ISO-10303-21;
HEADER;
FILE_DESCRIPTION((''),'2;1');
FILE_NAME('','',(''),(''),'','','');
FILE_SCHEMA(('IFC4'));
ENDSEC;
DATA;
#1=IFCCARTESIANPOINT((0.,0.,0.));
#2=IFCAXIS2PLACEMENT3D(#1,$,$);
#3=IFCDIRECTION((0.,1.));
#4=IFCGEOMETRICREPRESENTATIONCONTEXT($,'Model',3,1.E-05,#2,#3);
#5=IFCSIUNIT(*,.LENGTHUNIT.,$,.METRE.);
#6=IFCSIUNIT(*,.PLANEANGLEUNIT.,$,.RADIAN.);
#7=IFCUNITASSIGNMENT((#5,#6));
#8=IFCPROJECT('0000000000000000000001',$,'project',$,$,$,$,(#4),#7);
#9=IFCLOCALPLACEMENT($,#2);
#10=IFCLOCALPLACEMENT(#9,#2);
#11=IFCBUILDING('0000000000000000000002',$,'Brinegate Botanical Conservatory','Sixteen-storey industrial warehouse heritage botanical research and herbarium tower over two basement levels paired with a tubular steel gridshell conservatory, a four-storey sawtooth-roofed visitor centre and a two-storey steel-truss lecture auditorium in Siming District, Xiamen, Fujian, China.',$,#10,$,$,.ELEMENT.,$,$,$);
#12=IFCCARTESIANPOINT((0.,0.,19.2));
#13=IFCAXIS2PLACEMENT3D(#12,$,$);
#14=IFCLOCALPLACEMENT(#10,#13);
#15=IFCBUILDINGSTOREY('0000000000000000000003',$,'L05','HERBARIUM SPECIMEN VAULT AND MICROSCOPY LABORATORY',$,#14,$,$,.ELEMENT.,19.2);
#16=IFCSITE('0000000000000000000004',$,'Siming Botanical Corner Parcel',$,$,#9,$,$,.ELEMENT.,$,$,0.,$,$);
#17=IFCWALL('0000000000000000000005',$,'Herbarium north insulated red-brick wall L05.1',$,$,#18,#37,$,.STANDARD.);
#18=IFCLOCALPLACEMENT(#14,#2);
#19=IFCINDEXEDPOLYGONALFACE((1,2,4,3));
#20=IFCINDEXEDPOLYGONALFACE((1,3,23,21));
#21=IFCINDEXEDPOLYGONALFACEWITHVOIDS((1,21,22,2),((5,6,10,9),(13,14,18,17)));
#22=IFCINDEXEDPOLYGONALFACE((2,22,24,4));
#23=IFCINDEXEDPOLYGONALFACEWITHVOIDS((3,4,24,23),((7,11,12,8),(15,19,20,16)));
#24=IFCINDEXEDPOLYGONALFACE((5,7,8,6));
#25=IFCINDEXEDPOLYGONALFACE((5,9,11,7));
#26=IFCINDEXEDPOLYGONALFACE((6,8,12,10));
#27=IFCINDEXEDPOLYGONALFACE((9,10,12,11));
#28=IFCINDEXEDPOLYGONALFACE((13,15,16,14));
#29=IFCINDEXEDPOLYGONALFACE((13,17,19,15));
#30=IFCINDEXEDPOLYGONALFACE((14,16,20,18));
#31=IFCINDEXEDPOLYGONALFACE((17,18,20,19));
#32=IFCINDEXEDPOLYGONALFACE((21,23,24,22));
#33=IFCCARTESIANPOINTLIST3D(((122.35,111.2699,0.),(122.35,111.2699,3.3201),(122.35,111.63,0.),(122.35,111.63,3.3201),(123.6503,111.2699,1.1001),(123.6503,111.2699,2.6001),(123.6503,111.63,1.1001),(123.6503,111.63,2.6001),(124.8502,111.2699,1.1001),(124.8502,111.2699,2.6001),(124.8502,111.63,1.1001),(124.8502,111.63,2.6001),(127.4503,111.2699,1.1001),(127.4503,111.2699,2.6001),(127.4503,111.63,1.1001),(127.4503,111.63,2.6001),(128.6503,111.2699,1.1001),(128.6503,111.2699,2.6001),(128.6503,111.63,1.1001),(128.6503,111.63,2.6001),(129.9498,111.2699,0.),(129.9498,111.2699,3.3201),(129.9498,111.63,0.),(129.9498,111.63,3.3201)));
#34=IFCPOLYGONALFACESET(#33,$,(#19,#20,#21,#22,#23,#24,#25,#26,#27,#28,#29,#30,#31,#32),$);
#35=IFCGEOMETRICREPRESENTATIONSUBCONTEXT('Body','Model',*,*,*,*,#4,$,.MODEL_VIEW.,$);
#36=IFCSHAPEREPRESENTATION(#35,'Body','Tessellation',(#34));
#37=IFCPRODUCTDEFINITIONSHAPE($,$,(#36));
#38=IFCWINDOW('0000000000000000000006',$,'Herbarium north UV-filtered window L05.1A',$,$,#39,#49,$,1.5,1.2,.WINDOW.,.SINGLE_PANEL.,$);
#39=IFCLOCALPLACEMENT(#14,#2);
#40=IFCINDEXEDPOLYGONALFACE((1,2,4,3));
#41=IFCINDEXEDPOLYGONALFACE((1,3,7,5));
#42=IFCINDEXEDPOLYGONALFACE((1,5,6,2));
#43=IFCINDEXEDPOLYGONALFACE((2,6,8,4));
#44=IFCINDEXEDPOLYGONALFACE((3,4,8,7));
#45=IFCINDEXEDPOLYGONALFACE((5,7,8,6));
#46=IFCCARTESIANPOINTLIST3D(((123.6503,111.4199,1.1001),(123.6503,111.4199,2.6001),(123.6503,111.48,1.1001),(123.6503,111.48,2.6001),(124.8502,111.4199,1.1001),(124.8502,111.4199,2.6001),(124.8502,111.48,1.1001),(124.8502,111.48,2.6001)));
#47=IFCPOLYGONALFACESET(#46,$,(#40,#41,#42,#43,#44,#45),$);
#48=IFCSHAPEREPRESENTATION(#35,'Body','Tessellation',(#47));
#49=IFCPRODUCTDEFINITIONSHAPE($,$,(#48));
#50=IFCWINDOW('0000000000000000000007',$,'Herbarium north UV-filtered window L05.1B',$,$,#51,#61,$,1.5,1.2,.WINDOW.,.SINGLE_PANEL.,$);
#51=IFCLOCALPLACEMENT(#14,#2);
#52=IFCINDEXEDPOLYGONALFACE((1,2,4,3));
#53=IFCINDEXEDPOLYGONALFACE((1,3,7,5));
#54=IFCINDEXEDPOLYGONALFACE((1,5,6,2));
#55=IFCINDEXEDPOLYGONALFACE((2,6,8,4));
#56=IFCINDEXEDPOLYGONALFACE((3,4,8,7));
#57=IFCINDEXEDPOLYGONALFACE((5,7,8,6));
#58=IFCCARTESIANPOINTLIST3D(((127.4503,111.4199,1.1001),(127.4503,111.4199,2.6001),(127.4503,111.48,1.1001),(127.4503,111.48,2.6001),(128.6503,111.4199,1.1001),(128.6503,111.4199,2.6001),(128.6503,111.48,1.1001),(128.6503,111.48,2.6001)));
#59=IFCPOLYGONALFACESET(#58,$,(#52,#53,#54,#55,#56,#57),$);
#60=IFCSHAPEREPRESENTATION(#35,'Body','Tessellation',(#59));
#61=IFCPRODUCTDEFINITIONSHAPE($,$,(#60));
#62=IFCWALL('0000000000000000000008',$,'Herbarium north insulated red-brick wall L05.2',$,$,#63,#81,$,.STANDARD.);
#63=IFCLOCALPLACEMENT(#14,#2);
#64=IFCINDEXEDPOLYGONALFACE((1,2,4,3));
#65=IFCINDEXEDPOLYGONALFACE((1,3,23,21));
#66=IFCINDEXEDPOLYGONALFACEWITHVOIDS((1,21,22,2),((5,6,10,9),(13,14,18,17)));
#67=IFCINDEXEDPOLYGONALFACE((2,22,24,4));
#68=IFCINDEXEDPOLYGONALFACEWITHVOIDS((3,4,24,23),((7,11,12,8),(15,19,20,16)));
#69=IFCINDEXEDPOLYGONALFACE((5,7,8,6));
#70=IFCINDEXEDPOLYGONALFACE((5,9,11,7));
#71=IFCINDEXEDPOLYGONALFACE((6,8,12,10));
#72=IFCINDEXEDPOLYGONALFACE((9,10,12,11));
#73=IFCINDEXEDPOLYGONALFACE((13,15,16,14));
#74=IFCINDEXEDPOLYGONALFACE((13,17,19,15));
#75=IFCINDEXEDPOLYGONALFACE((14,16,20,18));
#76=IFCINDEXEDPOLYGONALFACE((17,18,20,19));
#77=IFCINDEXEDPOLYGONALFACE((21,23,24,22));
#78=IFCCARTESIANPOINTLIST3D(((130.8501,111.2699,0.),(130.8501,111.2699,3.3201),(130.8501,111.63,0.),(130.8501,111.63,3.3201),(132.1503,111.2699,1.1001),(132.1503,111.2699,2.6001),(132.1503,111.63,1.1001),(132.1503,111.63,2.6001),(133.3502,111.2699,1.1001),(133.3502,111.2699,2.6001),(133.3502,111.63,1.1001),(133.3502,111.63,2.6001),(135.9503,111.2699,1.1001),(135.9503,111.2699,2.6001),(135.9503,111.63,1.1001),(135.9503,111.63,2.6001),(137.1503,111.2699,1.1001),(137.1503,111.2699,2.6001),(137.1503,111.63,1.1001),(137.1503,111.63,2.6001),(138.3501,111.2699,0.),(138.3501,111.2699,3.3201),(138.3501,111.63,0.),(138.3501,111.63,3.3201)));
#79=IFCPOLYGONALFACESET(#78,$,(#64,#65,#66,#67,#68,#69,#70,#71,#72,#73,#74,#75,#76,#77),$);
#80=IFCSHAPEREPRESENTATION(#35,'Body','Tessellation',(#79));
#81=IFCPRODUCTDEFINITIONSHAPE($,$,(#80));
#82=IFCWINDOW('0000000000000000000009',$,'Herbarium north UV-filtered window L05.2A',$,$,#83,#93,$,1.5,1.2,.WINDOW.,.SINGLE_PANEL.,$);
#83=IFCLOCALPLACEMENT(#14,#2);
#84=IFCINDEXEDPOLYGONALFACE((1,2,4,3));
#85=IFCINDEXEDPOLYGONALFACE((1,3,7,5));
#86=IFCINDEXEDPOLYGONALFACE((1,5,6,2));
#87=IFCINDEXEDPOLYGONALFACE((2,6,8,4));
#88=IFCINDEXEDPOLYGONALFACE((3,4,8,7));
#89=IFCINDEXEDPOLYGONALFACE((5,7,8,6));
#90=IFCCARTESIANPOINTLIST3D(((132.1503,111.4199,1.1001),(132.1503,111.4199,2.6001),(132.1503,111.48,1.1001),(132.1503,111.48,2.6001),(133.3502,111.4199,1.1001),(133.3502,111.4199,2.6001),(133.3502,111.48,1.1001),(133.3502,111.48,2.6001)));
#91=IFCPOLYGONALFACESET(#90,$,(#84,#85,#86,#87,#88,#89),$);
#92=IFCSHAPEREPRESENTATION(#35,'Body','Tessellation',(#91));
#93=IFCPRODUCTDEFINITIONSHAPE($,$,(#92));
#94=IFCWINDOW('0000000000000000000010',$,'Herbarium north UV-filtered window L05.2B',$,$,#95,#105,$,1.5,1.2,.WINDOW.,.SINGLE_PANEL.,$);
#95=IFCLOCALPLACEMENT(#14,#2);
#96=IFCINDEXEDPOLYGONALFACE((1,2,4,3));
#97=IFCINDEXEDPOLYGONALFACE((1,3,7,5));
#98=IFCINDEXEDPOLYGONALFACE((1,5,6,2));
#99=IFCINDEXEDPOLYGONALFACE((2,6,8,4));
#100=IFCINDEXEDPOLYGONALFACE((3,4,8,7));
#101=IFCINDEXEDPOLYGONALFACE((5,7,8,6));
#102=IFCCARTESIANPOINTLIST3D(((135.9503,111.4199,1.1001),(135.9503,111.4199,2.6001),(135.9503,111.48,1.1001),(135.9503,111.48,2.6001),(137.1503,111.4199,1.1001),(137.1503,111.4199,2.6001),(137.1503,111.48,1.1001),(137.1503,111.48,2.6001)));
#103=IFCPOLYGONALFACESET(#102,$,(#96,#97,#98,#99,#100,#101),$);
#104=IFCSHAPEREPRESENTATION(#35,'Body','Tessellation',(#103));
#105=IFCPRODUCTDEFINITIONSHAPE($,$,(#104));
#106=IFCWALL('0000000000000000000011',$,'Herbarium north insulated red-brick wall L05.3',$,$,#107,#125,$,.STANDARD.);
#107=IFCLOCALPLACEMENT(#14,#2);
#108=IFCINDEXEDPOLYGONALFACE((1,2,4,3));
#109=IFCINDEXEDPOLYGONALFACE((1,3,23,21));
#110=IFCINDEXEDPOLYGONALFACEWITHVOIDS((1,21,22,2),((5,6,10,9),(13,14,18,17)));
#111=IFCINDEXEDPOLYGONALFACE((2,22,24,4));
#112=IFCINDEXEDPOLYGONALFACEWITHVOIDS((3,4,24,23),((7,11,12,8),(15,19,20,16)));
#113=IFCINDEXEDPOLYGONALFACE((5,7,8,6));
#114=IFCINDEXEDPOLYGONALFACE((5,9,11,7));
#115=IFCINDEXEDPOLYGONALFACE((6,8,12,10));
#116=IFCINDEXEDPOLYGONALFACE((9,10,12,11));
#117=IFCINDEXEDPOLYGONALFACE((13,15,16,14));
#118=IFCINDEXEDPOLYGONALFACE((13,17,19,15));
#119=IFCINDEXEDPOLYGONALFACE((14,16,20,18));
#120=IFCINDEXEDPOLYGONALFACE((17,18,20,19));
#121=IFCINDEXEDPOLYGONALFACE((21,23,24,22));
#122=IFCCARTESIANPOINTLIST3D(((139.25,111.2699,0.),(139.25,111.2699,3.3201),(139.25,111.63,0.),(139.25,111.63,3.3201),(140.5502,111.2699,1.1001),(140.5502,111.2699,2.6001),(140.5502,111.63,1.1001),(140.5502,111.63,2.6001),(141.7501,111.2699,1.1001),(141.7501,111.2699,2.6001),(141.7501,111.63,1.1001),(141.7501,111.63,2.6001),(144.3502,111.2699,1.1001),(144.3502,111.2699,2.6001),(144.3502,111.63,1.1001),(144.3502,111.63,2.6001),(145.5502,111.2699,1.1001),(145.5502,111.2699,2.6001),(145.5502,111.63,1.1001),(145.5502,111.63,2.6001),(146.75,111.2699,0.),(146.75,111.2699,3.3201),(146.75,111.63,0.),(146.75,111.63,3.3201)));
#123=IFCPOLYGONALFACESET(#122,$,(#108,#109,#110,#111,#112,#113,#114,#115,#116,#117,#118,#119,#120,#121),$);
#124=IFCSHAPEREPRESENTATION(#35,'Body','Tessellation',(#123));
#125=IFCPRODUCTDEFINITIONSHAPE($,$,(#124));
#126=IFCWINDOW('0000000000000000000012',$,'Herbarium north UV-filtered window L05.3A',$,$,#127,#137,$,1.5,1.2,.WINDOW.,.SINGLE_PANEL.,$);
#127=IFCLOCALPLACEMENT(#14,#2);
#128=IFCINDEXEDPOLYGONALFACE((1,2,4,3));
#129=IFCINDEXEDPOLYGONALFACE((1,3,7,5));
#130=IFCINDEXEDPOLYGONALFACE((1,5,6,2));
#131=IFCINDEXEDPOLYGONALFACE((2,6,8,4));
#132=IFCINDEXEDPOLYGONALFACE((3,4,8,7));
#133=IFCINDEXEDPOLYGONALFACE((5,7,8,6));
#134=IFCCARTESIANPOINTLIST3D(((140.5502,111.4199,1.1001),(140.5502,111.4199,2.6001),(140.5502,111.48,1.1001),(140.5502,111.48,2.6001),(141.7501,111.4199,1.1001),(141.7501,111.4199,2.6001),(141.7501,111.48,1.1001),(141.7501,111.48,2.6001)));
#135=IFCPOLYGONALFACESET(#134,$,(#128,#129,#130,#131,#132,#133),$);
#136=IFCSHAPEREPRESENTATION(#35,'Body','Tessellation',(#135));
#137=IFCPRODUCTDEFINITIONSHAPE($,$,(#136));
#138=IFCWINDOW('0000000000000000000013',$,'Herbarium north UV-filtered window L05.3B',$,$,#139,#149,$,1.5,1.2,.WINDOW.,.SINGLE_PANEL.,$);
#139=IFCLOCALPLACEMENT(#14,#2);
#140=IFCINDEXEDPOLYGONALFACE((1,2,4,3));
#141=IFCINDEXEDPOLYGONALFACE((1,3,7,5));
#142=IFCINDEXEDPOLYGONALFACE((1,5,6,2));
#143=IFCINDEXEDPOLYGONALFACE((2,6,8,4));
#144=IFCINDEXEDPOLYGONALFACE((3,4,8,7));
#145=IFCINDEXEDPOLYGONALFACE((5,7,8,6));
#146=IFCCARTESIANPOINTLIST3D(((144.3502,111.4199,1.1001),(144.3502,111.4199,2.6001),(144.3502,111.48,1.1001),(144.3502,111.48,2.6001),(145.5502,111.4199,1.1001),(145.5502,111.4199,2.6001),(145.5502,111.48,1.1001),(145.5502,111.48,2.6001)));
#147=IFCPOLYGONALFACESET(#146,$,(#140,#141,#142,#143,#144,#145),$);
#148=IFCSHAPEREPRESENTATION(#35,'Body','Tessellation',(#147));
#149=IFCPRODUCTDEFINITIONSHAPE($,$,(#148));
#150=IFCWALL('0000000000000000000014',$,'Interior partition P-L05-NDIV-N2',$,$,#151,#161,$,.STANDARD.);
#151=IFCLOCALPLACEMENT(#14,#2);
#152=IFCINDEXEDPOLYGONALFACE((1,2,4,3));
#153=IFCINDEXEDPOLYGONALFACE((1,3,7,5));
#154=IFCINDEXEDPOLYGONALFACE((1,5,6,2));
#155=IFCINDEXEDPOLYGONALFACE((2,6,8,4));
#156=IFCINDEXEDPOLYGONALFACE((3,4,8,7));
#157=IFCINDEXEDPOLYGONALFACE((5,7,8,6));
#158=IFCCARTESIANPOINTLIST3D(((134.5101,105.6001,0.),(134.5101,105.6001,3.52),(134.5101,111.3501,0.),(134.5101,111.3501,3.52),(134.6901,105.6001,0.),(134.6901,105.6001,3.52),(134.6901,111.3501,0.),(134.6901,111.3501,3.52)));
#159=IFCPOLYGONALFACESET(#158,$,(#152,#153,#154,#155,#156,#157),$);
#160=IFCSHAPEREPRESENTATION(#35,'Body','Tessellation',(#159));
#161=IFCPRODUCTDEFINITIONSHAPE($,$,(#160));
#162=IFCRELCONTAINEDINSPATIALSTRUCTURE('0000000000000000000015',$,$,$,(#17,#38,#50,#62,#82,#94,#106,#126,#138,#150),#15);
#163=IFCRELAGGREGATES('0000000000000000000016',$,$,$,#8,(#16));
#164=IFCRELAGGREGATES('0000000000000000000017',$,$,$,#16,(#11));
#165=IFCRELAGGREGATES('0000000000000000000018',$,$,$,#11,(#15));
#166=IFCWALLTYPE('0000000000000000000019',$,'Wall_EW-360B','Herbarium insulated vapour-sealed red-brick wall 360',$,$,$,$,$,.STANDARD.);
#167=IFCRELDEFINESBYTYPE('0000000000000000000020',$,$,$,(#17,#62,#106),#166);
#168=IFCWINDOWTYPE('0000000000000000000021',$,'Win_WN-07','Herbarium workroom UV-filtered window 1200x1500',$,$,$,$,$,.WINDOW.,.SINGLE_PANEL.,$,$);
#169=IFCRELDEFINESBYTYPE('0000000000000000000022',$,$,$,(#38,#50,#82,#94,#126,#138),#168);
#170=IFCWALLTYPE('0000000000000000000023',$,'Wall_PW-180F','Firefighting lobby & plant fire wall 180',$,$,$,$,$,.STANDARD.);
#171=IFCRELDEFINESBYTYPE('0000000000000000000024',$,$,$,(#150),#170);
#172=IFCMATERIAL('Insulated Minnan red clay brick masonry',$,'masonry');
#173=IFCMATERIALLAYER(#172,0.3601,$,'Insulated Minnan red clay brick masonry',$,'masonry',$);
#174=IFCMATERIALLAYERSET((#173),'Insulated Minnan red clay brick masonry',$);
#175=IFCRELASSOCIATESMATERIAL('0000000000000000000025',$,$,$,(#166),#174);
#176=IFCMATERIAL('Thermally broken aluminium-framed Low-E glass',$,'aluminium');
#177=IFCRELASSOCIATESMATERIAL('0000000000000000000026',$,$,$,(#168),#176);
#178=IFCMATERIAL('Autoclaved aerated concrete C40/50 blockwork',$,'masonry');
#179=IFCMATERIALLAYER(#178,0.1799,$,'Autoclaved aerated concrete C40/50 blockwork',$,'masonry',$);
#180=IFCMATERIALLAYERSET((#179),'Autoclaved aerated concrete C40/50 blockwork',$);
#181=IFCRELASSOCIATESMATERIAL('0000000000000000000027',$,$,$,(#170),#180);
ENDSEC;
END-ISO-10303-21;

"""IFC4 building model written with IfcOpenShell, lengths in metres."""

from ifc_helpers import new_model, si_unit, direction, frame, frame_2d, origin, place, context, subcontext, project, spatial, rectangle, extrude, material, layer, layer_set, type_object, element, fill, save


model = new_model("IFC4")

# Units and contexts
model_context = context("Model", 3, precision=1e-05, world=origin(), true_north=direction((0.0, 1.0)))
body_context = subcontext(model_context, "Body", "Model", "MODEL_VIEW")
ifc_project = project(units=[si_unit("LENGTHUNIT", "METRE"), si_unit("PLANEANGLEUNIT", "RADIAN")], contexts=[model_context])

# Site, building, storey
site_placement = place(None, origin())
site = spatial("IfcSite", under=ifc_project, at=site_placement, Name="Siming Botanical Corner Parcel", CompositionType="ELEMENT", RefElevation=0.0)
building_placement = place(site_placement, origin())
building = spatial("IfcBuilding", under=site, at=building_placement, Name="Brinegate Botanical Conservatory", Description="Sixteen-storey industrial warehouse heritage botanical research and herbarium tower over two basement levels paired with a tubular steel gridshell conservatory, a four-storey sawtooth-roofed visitor centre and a two-storey steel-truss lecture auditorium in Siming District, Xiamen, Fujian, China.", CompositionType="ELEMENT")
storey_placement = place(building_placement, frame((0.0, 0.0, 19.2)))
storey = spatial("IfcBuildingStorey", under=building, at=storey_placement, Name="L05", Description="HERBARIUM SPECIMEN VAULT AND MICROSCOPY LABORATORY", CompositionType="ELEMENT", Elevation=19.2)

# Walls, openings, windows
ifc_material_1 = material(Name="Insulated Minnan red clay brick masonry", Category="masonry")
ifc_layer_1 = layer(ifc_material_1, 0.3601, Name="Insulated Minnan red clay brick masonry", Category="masonry")
ifc_layer_set_1 = layer_set([ifc_layer_1], Name="Insulated Minnan red clay brick masonry")
wall_type_1 = type_object("IfcWallType", Name="Wall_EW-360B", Description="Herbarium insulated vapour-sealed red-brick wall 360", PredefinedType="STANDARD", material=ifc_layer_set_1)
wall_1_placement = place(storey_placement, frame((122.3501, 111.45, 0.0), z_axis=(0.0, 0.0, 1.0), x_axis=(1.0, 0.0, 0.0)))
wall_1 = element("IfcWall", 1, at=wall_1_placement, inside=storey, type_object=wall_type_1, Name="Herbarium north insulated red-brick wall L05.1", PredefinedType="STANDARD", context=body_context, shape_type="SweptSolid", body=[
    extrude(rectangle(XDim=7.5999, YDim=0.3601, at=frame_2d((3.7998, 0.0))), origin(), (0.0, 0.0, 1.0), 3.3201),
])
opening_1_placement = place(wall_1_placement, frame((1.3, 0.0, 1.1001)))
opening_1 = element("IfcOpeningElement", 2, at=opening_1_placement, cuts=wall_1, PredefinedType="OPENING", context=body_context, shape_type="SweptSolid", body=[
    extrude(rectangle(XDim=1.2, YDim=1.5, at=frame_2d((0.6001, 0.75))), frame((0.0, 0.1899, 0.0), z_axis=(0.0, -1.0, 0.0), x_axis=(1.0, 0.0, 0.0)), (0.0, 0.0, 1.0), 0.3801),
])
opening_2_placement = place(wall_1_placement, frame((5.1001, 0.0, 1.1001)))
opening_2 = element("IfcOpeningElement", 3, at=opening_2_placement, cuts=wall_1, PredefinedType="OPENING", context=body_context, shape_type="SweptSolid", body=[
    extrude(rectangle(XDim=1.2, YDim=1.5, at=frame_2d((0.6001, 0.75))), frame((0.0, 0.1899, 0.0), z_axis=(0.0, -1.0, 0.0), x_axis=(1.0, 0.0, 0.0)), (0.0, 0.0, 1.0), 0.3801),
])
ifc_material_2 = material(Name="Thermally broken aluminium-framed Low-E glass", Category="aluminium")
window_type = type_object("IfcWindowType", Name="Win_WN-07", Description="Herbarium workroom UV-filtered window 1200x1500", PartitioningType="SINGLE_PANEL", PredefinedType="WINDOW", material=ifc_material_2)
window_1_placement = place(opening_1_placement, origin())
window_1 = element("IfcWindow", 4, at=window_1_placement, inside=storey, type_object=window_type, Name="Herbarium north UV-filtered window L05.1A", OverallHeight=1.5, OverallWidth=1.2, PartitioningType="SINGLE_PANEL", PredefinedType="WINDOW", context=body_context, shape_type="SweptSolid", body=[
    extrude(rectangle(XDim=1.2, YDim=1.5, at=frame_2d((0.6001, 0.75))), frame((0.0, 0.03, 0.0), z_axis=(0.0, -1.0, 0.0), x_axis=(1.0, 0.0, 0.0)), (0.0, 0.0, 1.0), 0.0601),
])
fill(opening_1, window_1)
window_2_placement = place(opening_2_placement, origin())
window_2 = element("IfcWindow", 5, at=window_2_placement, inside=storey, type_object=window_type, Name="Herbarium north UV-filtered window L05.1B", OverallHeight=1.5, OverallWidth=1.2, PartitioningType="SINGLE_PANEL", PredefinedType="WINDOW", context=body_context, shape_type="SweptSolid", body=[
    extrude(rectangle(XDim=1.2, YDim=1.5, at=frame_2d((0.6001, 0.75))), frame((0.0, 0.03, 0.0), z_axis=(0.0, -1.0, 0.0), x_axis=(1.0, 0.0, 0.0)), (0.0, 0.0, 1.0), 0.0601),
])
fill(opening_2, window_2)
wall_2_placement = place(storey_placement, frame((130.8501, 111.45, 0.0), z_axis=(0.0, 0.0, 1.0), x_axis=(1.0, 0.0, 0.0)))
wall_2 = element("IfcWall", 6, at=wall_2_placement, inside=storey, type_object=wall_type_1, Name="Herbarium north insulated red-brick wall L05.2", PredefinedType="STANDARD", context=body_context, shape_type="SweptSolid", body=[
    extrude(rectangle(XDim=7.5, YDim=0.3601, at=frame_2d((3.75, 0.0))), origin(), (0.0, 0.0, 1.0), 3.3201),
])
opening_3_placement = place(wall_2_placement, frame((1.3, 0.0, 1.1001)))
opening_3 = element("IfcOpeningElement", 7, at=opening_3_placement, cuts=wall_2, PredefinedType="OPENING", context=body_context, shape_type="SweptSolid", body=[
    extrude(rectangle(XDim=1.2, YDim=1.5, at=frame_2d((0.6001, 0.75))), frame((0.0, 0.1899, 0.0), z_axis=(0.0, -1.0, 0.0), x_axis=(1.0, 0.0, 0.0)), (0.0, 0.0, 1.0), 0.3801),
])
opening_4_placement = place(wall_2_placement, frame((5.1001, 0.0, 1.1001)))
opening_4 = element("IfcOpeningElement", 8, at=opening_4_placement, cuts=wall_2, PredefinedType="OPENING", context=body_context, shape_type="SweptSolid", body=[
    extrude(rectangle(XDim=1.2, YDim=1.5, at=frame_2d((0.6001, 0.75))), frame((0.0, 0.1899, 0.0), z_axis=(0.0, -1.0, 0.0), x_axis=(1.0, 0.0, 0.0)), (0.0, 0.0, 1.0), 0.3801),
])
window_3_placement = place(opening_3_placement, origin())
window_3 = element("IfcWindow", 9, at=window_3_placement, inside=storey, type_object=window_type, Name="Herbarium north UV-filtered window L05.2A", OverallHeight=1.5, OverallWidth=1.2, PartitioningType="SINGLE_PANEL", PredefinedType="WINDOW", context=body_context, shape_type="SweptSolid", body=[
    extrude(rectangle(XDim=1.2, YDim=1.5, at=frame_2d((0.6001, 0.75))), frame((0.0, 0.03, 0.0), z_axis=(0.0, -1.0, 0.0), x_axis=(1.0, 0.0, 0.0)), (0.0, 0.0, 1.0), 0.0601),
])
fill(opening_3, window_3)
window_4_placement = place(opening_4_placement, origin())
window_4 = element("IfcWindow", 10, at=window_4_placement, inside=storey, type_object=window_type, Name="Herbarium north UV-filtered window L05.2B", OverallHeight=1.5, OverallWidth=1.2, PartitioningType="SINGLE_PANEL", PredefinedType="WINDOW", context=body_context, shape_type="SweptSolid", body=[
    extrude(rectangle(XDim=1.2, YDim=1.5, at=frame_2d((0.6001, 0.75))), frame((0.0, 0.03, 0.0), z_axis=(0.0, -1.0, 0.0), x_axis=(1.0, 0.0, 0.0)), (0.0, 0.0, 1.0), 0.0601),
])
fill(opening_4, window_4)
wall_3_placement = place(storey_placement, frame((139.25, 111.45, 0.0), z_axis=(0.0, 0.0, 1.0), x_axis=(1.0, 0.0, 0.0)))
wall_3 = element("IfcWall", 11, at=wall_3_placement, inside=storey, type_object=wall_type_1, Name="Herbarium north insulated red-brick wall L05.3", PredefinedType="STANDARD", context=body_context, shape_type="SweptSolid", body=[
    extrude(rectangle(XDim=7.5, YDim=0.3601, at=frame_2d((3.75, 0.0))), origin(), (0.0, 0.0, 1.0), 3.3201),
])
opening_5_placement = place(wall_3_placement, frame((1.3, 0.0, 1.1001)))
opening_5 = element("IfcOpeningElement", 12, at=opening_5_placement, cuts=wall_3, PredefinedType="OPENING", context=body_context, shape_type="SweptSolid", body=[
    extrude(rectangle(XDim=1.2, YDim=1.5, at=frame_2d((0.6001, 0.75))), frame((0.0, 0.1899, 0.0), z_axis=(0.0, -1.0, 0.0), x_axis=(1.0, 0.0, 0.0)), (0.0, 0.0, 1.0), 0.3801),
])
opening_6_placement = place(wall_3_placement, frame((5.1001, 0.0, 1.1001)))
opening_6 = element("IfcOpeningElement", 13, at=opening_6_placement, cuts=wall_3, PredefinedType="OPENING", context=body_context, shape_type="SweptSolid", body=[
    extrude(rectangle(XDim=1.2, YDim=1.5, at=frame_2d((0.6001, 0.75))), frame((0.0, 0.1899, 0.0), z_axis=(0.0, -1.0, 0.0), x_axis=(1.0, 0.0, 0.0)), (0.0, 0.0, 1.0), 0.3801),
])
window_5_placement = place(opening_5_placement, origin())
window_5 = element("IfcWindow", 14, at=window_5_placement, inside=storey, type_object=window_type, Name="Herbarium north UV-filtered window L05.3A", OverallHeight=1.5, OverallWidth=1.2, PartitioningType="SINGLE_PANEL", PredefinedType="WINDOW", context=body_context, shape_type="SweptSolid", body=[
    extrude(rectangle(XDim=1.2, YDim=1.5, at=frame_2d((0.6001, 0.75))), frame((0.0, 0.03, 0.0), z_axis=(0.0, -1.0, 0.0), x_axis=(1.0, 0.0, 0.0)), (0.0, 0.0, 1.0), 0.0601),
])
fill(opening_5, window_5)
window_6_placement = place(opening_6_placement, origin())
window_6 = element("IfcWindow", 15, at=window_6_placement, inside=storey, type_object=window_type, Name="Herbarium north UV-filtered window L05.3B", OverallHeight=1.5, OverallWidth=1.2, PartitioningType="SINGLE_PANEL", PredefinedType="WINDOW", context=body_context, shape_type="SweptSolid", body=[
    extrude(rectangle(XDim=1.2, YDim=1.5, at=frame_2d((0.6001, 0.75))), frame((0.0, 0.03, 0.0), z_axis=(0.0, -1.0, 0.0), x_axis=(1.0, 0.0, 0.0)), (0.0, 0.0, 1.0), 0.0601),
])
fill(opening_6, window_6)

# Wall
ifc_material_3 = material(Name="Autoclaved aerated concrete C40/50 blockwork", Category="masonry")
ifc_layer_2 = layer(ifc_material_3, 0.1799, Name="Autoclaved aerated concrete C40/50 blockwork", Category="masonry")
ifc_layer_set_2 = layer_set([ifc_layer_2], Name="Autoclaved aerated concrete C40/50 blockwork")
wall_type_2 = type_object("IfcWallType", Name="Wall_PW-180F", Description="Firefighting lobby & plant fire wall 180", PredefinedType="STANDARD", material=ifc_layer_set_2)
wall_4_placement = place(storey_placement, frame((134.6001, 105.6001, 0.0), z_axis=(0.0, 0.0, 1.0), x_axis=(0.0, 1.0, 0.0)))
element("IfcWall", 16, at=wall_4_placement, inside=storey, type_object=wall_type_2, Name="Interior partition P-L05-NDIV-N2", PredefinedType="STANDARD", context=body_context, shape_type="SweptSolid", body=[
    extrude(rectangle(XDim=5.75, YDim=0.1799, at=frame_2d((2.875, 0.0))), origin(), (0.0, 0.0, 1.0), 3.52),
])

save(model, "model.ifc")
